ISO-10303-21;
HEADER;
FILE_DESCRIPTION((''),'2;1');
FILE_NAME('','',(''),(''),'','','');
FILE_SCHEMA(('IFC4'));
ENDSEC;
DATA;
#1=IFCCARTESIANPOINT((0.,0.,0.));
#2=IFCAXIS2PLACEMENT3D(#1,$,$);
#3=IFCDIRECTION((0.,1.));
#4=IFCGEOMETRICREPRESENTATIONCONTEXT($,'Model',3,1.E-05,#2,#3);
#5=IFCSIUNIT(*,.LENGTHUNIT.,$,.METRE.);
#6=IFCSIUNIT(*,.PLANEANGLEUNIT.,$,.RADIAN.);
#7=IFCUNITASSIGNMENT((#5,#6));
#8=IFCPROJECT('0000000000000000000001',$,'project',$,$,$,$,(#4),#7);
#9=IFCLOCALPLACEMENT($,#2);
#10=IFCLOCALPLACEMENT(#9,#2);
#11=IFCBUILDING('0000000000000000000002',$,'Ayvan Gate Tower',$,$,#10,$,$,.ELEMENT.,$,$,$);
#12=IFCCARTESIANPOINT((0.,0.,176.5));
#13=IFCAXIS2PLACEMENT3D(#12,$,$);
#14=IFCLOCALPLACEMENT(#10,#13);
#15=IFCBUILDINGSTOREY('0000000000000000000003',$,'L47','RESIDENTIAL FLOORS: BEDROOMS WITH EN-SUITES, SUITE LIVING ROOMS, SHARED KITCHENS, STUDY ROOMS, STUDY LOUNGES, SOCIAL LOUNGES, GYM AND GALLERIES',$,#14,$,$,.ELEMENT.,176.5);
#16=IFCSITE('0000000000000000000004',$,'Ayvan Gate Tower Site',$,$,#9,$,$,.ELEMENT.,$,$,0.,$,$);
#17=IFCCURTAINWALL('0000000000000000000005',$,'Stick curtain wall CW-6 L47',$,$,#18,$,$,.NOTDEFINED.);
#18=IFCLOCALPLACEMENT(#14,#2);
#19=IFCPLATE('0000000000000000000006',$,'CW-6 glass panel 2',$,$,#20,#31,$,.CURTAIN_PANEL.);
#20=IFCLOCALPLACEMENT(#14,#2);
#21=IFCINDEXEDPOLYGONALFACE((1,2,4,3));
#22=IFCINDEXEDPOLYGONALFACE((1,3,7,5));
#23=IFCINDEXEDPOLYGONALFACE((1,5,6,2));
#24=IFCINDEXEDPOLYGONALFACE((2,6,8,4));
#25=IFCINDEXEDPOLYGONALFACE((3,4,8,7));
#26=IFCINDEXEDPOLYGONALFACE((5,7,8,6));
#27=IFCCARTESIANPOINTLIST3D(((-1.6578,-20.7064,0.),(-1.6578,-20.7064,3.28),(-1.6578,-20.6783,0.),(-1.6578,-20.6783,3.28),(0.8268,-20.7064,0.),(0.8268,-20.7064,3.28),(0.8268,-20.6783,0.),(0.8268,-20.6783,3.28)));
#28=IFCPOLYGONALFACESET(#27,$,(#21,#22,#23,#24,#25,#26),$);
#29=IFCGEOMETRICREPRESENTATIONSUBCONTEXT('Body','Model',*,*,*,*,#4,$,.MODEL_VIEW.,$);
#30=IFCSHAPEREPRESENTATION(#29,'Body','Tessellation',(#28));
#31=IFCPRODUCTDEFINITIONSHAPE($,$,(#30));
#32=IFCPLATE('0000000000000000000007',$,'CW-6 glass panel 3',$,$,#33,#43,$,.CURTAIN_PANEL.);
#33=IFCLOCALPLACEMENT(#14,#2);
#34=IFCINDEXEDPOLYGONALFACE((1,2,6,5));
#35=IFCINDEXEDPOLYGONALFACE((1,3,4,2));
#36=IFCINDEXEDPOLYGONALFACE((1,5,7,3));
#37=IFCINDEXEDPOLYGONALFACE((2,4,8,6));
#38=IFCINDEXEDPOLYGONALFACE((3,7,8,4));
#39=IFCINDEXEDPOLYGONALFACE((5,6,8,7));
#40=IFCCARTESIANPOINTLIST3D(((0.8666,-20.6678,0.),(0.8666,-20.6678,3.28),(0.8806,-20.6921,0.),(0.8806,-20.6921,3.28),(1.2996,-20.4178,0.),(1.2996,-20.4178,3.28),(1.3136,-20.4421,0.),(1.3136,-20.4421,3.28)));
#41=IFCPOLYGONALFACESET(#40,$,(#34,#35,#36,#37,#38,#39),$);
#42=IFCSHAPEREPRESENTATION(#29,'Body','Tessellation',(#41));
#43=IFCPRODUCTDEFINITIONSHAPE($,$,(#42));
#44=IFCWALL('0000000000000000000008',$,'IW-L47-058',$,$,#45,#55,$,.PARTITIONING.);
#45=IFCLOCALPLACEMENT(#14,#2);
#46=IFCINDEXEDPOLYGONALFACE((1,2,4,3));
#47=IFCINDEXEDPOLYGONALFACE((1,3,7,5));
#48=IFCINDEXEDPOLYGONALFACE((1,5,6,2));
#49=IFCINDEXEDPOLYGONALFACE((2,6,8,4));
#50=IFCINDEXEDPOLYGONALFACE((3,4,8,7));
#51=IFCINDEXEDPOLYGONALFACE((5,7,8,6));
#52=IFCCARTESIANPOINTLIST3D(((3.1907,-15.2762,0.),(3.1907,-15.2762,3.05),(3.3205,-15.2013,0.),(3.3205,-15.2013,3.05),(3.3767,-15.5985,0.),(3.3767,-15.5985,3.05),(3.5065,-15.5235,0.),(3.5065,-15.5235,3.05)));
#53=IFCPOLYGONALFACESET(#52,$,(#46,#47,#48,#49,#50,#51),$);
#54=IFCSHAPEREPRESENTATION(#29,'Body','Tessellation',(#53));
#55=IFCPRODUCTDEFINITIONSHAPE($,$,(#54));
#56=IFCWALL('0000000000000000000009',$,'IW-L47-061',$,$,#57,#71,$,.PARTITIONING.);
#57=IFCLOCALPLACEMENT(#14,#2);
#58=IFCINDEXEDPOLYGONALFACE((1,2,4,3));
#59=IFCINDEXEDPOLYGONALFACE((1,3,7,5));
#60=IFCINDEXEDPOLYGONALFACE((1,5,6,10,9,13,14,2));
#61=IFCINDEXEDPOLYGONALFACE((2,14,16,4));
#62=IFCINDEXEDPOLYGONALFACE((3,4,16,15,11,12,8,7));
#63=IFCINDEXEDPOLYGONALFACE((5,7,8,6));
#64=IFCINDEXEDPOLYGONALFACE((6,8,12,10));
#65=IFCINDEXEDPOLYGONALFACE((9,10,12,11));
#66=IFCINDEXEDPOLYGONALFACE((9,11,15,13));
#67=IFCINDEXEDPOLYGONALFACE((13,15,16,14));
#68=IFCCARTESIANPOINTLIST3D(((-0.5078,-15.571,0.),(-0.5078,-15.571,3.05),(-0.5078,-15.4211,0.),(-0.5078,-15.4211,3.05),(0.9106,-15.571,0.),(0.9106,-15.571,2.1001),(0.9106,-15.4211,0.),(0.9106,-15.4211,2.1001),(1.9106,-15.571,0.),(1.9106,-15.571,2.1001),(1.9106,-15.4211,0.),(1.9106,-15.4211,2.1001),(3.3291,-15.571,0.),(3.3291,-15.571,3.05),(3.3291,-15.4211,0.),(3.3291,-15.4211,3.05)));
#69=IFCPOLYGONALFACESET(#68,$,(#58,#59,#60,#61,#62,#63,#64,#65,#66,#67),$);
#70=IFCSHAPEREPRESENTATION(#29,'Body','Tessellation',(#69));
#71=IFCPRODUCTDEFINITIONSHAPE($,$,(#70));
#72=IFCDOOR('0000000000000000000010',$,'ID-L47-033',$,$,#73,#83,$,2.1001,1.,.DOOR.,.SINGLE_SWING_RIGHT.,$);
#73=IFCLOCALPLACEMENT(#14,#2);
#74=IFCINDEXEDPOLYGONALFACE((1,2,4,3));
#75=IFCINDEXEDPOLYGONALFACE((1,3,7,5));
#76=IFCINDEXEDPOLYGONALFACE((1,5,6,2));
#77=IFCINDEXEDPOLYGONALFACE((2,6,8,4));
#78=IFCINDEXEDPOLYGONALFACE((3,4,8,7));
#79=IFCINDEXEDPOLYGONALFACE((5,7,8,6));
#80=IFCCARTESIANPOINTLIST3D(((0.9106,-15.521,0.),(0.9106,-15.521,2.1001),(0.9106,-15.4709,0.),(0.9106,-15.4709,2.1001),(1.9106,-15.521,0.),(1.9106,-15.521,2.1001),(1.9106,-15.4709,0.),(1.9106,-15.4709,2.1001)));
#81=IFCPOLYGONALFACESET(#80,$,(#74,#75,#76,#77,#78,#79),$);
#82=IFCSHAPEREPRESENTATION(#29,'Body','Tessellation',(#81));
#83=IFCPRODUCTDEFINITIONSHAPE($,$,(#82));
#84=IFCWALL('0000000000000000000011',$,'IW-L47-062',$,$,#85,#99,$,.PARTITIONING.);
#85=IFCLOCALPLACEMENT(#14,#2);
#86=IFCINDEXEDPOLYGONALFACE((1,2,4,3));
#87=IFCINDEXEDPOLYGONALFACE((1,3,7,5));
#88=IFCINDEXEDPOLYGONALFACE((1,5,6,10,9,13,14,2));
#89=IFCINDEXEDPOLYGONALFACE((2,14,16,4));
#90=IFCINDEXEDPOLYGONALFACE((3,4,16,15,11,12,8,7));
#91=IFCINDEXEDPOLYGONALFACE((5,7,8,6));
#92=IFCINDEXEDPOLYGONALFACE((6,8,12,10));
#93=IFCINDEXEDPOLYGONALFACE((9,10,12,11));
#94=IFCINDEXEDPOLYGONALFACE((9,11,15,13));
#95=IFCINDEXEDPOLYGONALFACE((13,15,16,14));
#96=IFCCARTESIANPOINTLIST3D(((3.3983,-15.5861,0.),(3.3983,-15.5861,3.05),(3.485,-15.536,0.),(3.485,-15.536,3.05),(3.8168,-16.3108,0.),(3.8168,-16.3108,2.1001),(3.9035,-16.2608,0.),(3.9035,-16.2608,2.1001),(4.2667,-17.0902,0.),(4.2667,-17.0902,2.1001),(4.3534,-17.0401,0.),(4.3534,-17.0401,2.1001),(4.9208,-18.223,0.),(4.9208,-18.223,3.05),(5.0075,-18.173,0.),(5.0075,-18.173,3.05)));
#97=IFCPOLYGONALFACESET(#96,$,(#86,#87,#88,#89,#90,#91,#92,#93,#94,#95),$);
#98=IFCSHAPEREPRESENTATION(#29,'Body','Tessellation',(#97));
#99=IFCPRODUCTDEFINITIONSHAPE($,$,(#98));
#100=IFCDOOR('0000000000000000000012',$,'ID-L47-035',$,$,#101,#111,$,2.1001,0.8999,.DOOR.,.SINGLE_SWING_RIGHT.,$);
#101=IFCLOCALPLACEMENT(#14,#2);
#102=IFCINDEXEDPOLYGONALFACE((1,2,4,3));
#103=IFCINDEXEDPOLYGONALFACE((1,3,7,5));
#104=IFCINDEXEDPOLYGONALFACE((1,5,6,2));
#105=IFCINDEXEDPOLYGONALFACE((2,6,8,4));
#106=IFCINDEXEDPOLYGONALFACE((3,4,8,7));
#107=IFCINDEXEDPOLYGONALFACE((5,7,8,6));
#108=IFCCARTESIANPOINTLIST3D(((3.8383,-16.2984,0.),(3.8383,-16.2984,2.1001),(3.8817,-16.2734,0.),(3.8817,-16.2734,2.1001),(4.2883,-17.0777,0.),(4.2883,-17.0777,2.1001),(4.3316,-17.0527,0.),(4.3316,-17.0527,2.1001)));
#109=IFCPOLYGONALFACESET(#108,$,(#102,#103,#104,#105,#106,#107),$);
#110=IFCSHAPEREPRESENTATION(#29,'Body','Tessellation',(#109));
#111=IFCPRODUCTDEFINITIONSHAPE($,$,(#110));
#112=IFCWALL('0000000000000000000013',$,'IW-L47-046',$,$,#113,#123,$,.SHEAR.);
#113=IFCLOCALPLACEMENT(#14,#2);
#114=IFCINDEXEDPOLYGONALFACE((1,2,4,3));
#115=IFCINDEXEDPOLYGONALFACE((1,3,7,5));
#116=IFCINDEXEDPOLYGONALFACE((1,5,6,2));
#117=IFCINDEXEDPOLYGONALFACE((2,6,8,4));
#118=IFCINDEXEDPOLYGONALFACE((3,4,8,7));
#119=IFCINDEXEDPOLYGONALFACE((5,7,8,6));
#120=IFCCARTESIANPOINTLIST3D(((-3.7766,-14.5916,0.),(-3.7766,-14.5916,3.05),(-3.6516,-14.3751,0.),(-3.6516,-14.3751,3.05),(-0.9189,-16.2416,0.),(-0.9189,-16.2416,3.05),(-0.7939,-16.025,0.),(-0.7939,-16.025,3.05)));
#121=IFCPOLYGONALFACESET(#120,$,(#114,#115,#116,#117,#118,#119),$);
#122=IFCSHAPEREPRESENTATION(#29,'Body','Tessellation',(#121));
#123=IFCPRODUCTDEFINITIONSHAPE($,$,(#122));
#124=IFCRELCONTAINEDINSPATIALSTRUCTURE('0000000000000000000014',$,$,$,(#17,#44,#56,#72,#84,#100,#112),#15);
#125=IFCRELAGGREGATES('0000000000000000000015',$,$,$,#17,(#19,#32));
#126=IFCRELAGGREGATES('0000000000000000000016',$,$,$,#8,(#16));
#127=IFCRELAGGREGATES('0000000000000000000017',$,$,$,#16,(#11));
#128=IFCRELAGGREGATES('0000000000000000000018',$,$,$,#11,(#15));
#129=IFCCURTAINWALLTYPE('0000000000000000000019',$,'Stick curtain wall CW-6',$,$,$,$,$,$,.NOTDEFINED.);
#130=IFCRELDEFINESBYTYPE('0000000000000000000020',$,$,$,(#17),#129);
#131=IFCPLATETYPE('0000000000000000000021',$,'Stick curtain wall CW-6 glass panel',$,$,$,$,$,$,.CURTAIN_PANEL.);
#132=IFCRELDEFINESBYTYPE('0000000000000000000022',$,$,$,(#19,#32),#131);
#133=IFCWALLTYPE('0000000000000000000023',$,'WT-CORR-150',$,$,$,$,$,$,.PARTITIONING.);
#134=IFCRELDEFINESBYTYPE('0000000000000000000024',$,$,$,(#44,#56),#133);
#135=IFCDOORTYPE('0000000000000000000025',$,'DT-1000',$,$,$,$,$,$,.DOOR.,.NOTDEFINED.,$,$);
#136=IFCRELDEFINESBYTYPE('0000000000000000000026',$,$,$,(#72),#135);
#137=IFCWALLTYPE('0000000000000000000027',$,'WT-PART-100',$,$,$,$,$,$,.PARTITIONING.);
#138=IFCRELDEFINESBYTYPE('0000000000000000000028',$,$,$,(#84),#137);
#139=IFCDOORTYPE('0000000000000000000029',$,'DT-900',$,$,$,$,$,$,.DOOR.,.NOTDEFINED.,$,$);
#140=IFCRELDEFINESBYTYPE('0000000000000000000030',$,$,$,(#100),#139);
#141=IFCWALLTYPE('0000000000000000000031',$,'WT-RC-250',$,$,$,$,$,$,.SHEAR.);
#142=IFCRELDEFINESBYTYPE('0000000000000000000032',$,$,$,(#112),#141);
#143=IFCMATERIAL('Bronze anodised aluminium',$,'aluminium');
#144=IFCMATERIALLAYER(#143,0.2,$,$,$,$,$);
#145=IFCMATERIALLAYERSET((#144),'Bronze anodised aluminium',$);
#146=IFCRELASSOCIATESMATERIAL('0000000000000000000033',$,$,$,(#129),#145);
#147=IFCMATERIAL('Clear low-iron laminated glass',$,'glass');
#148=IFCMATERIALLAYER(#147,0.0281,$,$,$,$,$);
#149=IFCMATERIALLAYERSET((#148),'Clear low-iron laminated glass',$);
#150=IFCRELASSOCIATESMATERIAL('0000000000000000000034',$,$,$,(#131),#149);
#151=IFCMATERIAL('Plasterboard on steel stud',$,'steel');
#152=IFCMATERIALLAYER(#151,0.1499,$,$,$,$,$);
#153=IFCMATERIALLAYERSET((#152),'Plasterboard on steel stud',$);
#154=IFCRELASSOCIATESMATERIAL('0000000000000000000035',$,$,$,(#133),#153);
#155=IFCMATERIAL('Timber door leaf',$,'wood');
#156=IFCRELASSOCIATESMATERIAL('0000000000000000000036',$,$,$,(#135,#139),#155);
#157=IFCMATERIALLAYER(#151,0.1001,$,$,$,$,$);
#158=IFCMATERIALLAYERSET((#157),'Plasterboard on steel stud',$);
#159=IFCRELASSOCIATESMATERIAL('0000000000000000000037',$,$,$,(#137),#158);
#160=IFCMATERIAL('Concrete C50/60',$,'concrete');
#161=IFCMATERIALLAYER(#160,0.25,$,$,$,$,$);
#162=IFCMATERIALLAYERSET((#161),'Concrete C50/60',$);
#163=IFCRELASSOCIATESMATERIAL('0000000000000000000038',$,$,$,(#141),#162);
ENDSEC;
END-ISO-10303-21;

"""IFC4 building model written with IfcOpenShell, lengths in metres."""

from ifc_helpers import new_model, si_unit, direction, frame, frame_2d, origin, origin_2d, place, context, subcontext, project, spatial, rectangle, extrude, material, layer, layer_set, type_object, element, fill, aggregate, save


model = new_model("IFC4")

# Units and contexts
model_context = context("Model", 3, precision=1e-05, world=origin(), true_north=direction((0.0, 1.0)))
body_context = subcontext(model_context, "Body", "Model", "MODEL_VIEW")
ifc_project = project(units=[si_unit("LENGTHUNIT", "METRE"), si_unit("PLANEANGLEUNIT", "RADIAN")], contexts=[model_context])

# Site, building, storey
site_placement = place(None, origin())
site = spatial("IfcSite", under=ifc_project, at=site_placement, Name="Ayvan Gate Tower Site", CompositionType="ELEMENT", RefElevation=0.0)
building_placement = place(site_placement, origin())
building = spatial("IfcBuilding", under=site, at=building_placement, Name="Ayvan Gate Tower", CompositionType="ELEMENT")
storey_placement = place(building_placement, frame((0.0, 0.0, 176.5)))
storey = spatial("IfcBuildingStorey", under=building, at=storey_placement, Name="L47", Description="RESIDENTIAL FLOORS: BEDROOMS WITH EN-SUITES, SUITE LIVING ROOMS, SHARED KITCHENS, STUDY ROOMS, STUDY LOUNGES, SOCIAL LOUNGES, GYM AND GALLERIES", CompositionType="ELEMENT", Elevation=176.5)

# Curtain wall
ifc_material_1 = material(Name="Bronze anodised aluminium", Category="aluminium")
ifc_layer_1 = layer(ifc_material_1, 0.2)
ifc_layer_set_1 = layer_set([ifc_layer_1], Name="Bronze anodised aluminium")
curtain_wall_type_1 = type_object("IfcCurtainWallType", Name="Stick curtain wall CW-6", PredefinedType="NOTDEFINED", material=ifc_layer_set_1)
curtain_wall_1_placement = place(storey_placement, origin())
curtain_wall_1 = element("IfcCurtainWall", 1, at=curtain_wall_1_placement, inside=storey, type_object=curtain_wall_type_1, Name="Stick curtain wall CW-6 L47", PredefinedType="NOTDEFINED")

# Plates
ifc_material_2 = material(Name="Clear low-iron laminated glass", Category="glass")
ifc_layer_2 = layer(ifc_material_2, 0.0281)
ifc_layer_set_2 = layer_set([ifc_layer_2], Name="Clear low-iron laminated glass")
plate_type_1 = type_object("IfcPlateType", Name="Stick curtain wall CW-6 glass panel", PredefinedType="CURTAIN_PANEL", material=ifc_layer_set_2)
plate_1_placement = place(storey_placement, frame((-0.4155, -20.6924, 0.0), z_axis=(0.0, 0.0, 1.0), x_axis=(1.0, 0.0, 0.0)))
plate_1 = element("IfcPlate", 2, at=plate_1_placement, type_object=plate_type_1, Name="CW-6 glass panel 2", PredefinedType="CURTAIN_PANEL", context=body_context, shape_type="SweptSolid", body=[
    extrude(rectangle(XDim=2.4846, YDim=0.0281, at=origin_2d()), origin(), (0.0, 0.0, 1.0), 3.28),
])
plate_2_placement = place(storey_placement, frame((1.0901, -20.5549, 0.0), z_axis=(0.0, 0.0, 1.0), x_axis=(0.866025, 0.5, 0.0)))
plate_2 = element("IfcPlate", 3, at=plate_2_placement, type_object=plate_type_1, Name="CW-6 glass panel 3", PredefinedType="CURTAIN_PANEL", context=body_context, shape_type="SweptSolid", body=[
    extrude(rectangle(XDim=0.5, YDim=0.0281, at=origin_2d()), origin(), (0.0, 0.0, 1.0), 3.28),
])
aggregate(curtain_wall_1, [plate_1, plate_2])

# Wall
ifc_material_3 = material(Name="Plasterboard on steel stud", Category="steel")
ifc_layer_3 = layer(ifc_material_3, 0.1499)
ifc_layer_set_3 = layer_set([ifc_layer_3], Name="Plasterboard on steel stud")
wall_type_1 = type_object("IfcWallType", Name="WT-CORR-150", PredefinedType="PARTITIONING", material=ifc_layer_set_3)
wall_1_placement = place(storey_placement, frame((3.2556, -15.2388, 0.0), z_axis=(0.0, 0.0, 1.0), x_axis=(0.49995, -0.866054, 0.0)))
element("IfcWall", 4, at=wall_1_placement, inside=storey, type_object=wall_type_1, Name="IW-L47-058", PredefinedType="PARTITIONING", context=body_context, shape_type="SweptSolid", body=[
    extrude(rectangle(XDim=0.3721, YDim=0.1499, at=frame_2d((0.186, 0.0))), origin(), (0.0, 0.0, 1.0), 3.05),
])

# Walls, openings, doors
wall_2_placement = place(storey_placement, frame((3.3291, -15.4961, 0.0), z_axis=(0.0, 0.0, 1.0), x_axis=(-1.0, 0.0, 0.0)))
wall_2 = element("IfcWall", 5, at=wall_2_placement, inside=storey, type_object=wall_type_1, Name="IW-L47-061", PredefinedType="PARTITIONING", context=body_context, shape_type="SweptSolid", body=[
    extrude(rectangle(XDim=3.8369, YDim=0.1499, at=frame_2d((1.9185, 0.0))), origin(), (0.0, 0.0, 1.0), 3.05),
])
opening_1_placement = place(wall_2_placement, frame((1.4185, 0.0, 0.0)))
opening_1 = element("IfcOpeningElement", 6, at=opening_1_placement, cuts=wall_2, PredefinedType="OPENING", context=body_context, shape_type="SweptSolid", body=[
    extrude(rectangle(XDim=1.0, YDim=2.1001, at=frame_2d((0.5, 1.05))), frame((0.0, 0.085, 0.0), z_axis=(0.0, -1.0, 0.0), x_axis=(1.0, 0.0, 0.0)), (0.0, 0.0, 1.0), 0.1699),
])
ifc_material_4 = material(Name="Timber door leaf", Category="wood")
door_type_1 = type_object("IfcDoorType", Name="DT-1000", OperationType="NOTDEFINED", PredefinedType="DOOR", material=ifc_material_4)
door_1_placement = place(opening_1_placement, origin())
door_1 = element("IfcDoor", 7, at=door_1_placement, inside=storey, type_object=door_type_1, Name="ID-L47-033", OperationType="SINGLE_SWING_RIGHT", OverallHeight=2.1001, OverallWidth=1.0, PredefinedType="DOOR", context=body_context, shape_type="SweptSolid", body=[
    extrude(rectangle(XDim=1.0, YDim=2.1001, at=frame_2d((0.5, 1.05))), frame((0.0, 0.0249, 0.0), z_axis=(0.0, -1.0, 0.0), x_axis=(1.0, 0.0, 0.0)), (0.0, 0.0, 1.0), 0.05),
])
fill(opening_1, door_1)
ifc_layer_4 = layer(ifc_material_3, 0.1001)
ifc_layer_set_4 = layer_set([ifc_layer_4], Name="Plasterboard on steel stud")
wall_type_2 = type_object("IfcWallType", Name="WT-PART-100", PredefinedType="PARTITIONING", material=ifc_layer_set_4)
wall_3_placement = place(storey_placement, frame((3.4417, -15.561, 0.0), z_axis=(0.0, 0.0, 1.0), x_axis=(0.500002, -0.866024, 0.0)))
wall_3 = element("IfcWall", 8, at=wall_3_placement, inside=storey, type_object=wall_type_2, Name="IW-L47-062", PredefinedType="PARTITIONING", context=body_context, shape_type="SweptSolid", body=[
    extrude(rectangle(XDim=3.0449, YDim=0.1001, at=frame_2d((1.5225, 0.0))), origin(), (0.0, 0.0, 1.0), 3.05),
])
opening_2_placement = place(wall_3_placement, frame((0.8369, 0.0, 0.0)))
opening_2 = element("IfcOpeningElement", 9, at=opening_2_placement, cuts=wall_3, PredefinedType="OPENING", context=body_context, shape_type="SweptSolid", body=[
    extrude(rectangle(XDim=0.8999, YDim=2.1001, at=frame_2d((0.45, 1.05))), frame((0.0, 0.0601, 0.0), z_axis=(0.0, -1.0, 0.0), x_axis=(1.0, 0.0, 0.0)), (0.0, 0.0, 1.0), 0.1201),
])
door_type_2 = type_object("IfcDoorType", Name="DT-900", OperationType="NOTDEFINED", PredefinedType="DOOR", material=ifc_material_4)
door_2_placement = place(opening_2_placement, origin())
door_2 = element("IfcDoor", 10, at=door_2_placement, inside=storey, type_object=door_type_2, Name="ID-L47-035", OperationType="SINGLE_SWING_RIGHT", OverallHeight=2.1001, OverallWidth=0.8999, PredefinedType="DOOR", context=body_context, shape_type="SweptSolid", body=[
    extrude(rectangle(XDim=0.8999, YDim=2.1001, at=frame_2d((0.45, 1.05))), frame((0.0, 0.0249, 0.0), z_axis=(0.0, -1.0, 0.0), x_axis=(1.0, 0.0, 0.0)), (0.0, 0.0, 1.0), 0.05),
])
fill(opening_2, door_2)

# Wall
ifc_material_5 = material(Name="Concrete C50/60", Category="concrete")
ifc_layer_5 = layer(ifc_material_5, 0.25)
ifc_layer_set_5 = layer_set([ifc_layer_5], Name="Concrete C50/60")
wall_type_3 = type_object("IfcWallType", Name="WT-RC-250", PredefinedType="SHEAR", material=ifc_layer_set_5)
wall_4_placement = place(storey_placement, frame((-0.8564, -16.1333, 0.0), z_axis=(0.0, 0.0, 1.0), x_axis=(-0.866022, 0.500006, 0.0)))
element("IfcWall", 11, at=wall_4_placement, inside=storey, type_object=wall_type_3, Name="IW-L47-046", PredefinedType="SHEAR", context=body_context, shape_type="SweptSolid", body=[
    extrude(rectangle(XDim=3.2998, YDim=0.25, at=frame_2d((1.6499, 0.0))), origin(), (0.0, 0.0, 1.0), 3.05),
])

save(model, "model.ifc")
